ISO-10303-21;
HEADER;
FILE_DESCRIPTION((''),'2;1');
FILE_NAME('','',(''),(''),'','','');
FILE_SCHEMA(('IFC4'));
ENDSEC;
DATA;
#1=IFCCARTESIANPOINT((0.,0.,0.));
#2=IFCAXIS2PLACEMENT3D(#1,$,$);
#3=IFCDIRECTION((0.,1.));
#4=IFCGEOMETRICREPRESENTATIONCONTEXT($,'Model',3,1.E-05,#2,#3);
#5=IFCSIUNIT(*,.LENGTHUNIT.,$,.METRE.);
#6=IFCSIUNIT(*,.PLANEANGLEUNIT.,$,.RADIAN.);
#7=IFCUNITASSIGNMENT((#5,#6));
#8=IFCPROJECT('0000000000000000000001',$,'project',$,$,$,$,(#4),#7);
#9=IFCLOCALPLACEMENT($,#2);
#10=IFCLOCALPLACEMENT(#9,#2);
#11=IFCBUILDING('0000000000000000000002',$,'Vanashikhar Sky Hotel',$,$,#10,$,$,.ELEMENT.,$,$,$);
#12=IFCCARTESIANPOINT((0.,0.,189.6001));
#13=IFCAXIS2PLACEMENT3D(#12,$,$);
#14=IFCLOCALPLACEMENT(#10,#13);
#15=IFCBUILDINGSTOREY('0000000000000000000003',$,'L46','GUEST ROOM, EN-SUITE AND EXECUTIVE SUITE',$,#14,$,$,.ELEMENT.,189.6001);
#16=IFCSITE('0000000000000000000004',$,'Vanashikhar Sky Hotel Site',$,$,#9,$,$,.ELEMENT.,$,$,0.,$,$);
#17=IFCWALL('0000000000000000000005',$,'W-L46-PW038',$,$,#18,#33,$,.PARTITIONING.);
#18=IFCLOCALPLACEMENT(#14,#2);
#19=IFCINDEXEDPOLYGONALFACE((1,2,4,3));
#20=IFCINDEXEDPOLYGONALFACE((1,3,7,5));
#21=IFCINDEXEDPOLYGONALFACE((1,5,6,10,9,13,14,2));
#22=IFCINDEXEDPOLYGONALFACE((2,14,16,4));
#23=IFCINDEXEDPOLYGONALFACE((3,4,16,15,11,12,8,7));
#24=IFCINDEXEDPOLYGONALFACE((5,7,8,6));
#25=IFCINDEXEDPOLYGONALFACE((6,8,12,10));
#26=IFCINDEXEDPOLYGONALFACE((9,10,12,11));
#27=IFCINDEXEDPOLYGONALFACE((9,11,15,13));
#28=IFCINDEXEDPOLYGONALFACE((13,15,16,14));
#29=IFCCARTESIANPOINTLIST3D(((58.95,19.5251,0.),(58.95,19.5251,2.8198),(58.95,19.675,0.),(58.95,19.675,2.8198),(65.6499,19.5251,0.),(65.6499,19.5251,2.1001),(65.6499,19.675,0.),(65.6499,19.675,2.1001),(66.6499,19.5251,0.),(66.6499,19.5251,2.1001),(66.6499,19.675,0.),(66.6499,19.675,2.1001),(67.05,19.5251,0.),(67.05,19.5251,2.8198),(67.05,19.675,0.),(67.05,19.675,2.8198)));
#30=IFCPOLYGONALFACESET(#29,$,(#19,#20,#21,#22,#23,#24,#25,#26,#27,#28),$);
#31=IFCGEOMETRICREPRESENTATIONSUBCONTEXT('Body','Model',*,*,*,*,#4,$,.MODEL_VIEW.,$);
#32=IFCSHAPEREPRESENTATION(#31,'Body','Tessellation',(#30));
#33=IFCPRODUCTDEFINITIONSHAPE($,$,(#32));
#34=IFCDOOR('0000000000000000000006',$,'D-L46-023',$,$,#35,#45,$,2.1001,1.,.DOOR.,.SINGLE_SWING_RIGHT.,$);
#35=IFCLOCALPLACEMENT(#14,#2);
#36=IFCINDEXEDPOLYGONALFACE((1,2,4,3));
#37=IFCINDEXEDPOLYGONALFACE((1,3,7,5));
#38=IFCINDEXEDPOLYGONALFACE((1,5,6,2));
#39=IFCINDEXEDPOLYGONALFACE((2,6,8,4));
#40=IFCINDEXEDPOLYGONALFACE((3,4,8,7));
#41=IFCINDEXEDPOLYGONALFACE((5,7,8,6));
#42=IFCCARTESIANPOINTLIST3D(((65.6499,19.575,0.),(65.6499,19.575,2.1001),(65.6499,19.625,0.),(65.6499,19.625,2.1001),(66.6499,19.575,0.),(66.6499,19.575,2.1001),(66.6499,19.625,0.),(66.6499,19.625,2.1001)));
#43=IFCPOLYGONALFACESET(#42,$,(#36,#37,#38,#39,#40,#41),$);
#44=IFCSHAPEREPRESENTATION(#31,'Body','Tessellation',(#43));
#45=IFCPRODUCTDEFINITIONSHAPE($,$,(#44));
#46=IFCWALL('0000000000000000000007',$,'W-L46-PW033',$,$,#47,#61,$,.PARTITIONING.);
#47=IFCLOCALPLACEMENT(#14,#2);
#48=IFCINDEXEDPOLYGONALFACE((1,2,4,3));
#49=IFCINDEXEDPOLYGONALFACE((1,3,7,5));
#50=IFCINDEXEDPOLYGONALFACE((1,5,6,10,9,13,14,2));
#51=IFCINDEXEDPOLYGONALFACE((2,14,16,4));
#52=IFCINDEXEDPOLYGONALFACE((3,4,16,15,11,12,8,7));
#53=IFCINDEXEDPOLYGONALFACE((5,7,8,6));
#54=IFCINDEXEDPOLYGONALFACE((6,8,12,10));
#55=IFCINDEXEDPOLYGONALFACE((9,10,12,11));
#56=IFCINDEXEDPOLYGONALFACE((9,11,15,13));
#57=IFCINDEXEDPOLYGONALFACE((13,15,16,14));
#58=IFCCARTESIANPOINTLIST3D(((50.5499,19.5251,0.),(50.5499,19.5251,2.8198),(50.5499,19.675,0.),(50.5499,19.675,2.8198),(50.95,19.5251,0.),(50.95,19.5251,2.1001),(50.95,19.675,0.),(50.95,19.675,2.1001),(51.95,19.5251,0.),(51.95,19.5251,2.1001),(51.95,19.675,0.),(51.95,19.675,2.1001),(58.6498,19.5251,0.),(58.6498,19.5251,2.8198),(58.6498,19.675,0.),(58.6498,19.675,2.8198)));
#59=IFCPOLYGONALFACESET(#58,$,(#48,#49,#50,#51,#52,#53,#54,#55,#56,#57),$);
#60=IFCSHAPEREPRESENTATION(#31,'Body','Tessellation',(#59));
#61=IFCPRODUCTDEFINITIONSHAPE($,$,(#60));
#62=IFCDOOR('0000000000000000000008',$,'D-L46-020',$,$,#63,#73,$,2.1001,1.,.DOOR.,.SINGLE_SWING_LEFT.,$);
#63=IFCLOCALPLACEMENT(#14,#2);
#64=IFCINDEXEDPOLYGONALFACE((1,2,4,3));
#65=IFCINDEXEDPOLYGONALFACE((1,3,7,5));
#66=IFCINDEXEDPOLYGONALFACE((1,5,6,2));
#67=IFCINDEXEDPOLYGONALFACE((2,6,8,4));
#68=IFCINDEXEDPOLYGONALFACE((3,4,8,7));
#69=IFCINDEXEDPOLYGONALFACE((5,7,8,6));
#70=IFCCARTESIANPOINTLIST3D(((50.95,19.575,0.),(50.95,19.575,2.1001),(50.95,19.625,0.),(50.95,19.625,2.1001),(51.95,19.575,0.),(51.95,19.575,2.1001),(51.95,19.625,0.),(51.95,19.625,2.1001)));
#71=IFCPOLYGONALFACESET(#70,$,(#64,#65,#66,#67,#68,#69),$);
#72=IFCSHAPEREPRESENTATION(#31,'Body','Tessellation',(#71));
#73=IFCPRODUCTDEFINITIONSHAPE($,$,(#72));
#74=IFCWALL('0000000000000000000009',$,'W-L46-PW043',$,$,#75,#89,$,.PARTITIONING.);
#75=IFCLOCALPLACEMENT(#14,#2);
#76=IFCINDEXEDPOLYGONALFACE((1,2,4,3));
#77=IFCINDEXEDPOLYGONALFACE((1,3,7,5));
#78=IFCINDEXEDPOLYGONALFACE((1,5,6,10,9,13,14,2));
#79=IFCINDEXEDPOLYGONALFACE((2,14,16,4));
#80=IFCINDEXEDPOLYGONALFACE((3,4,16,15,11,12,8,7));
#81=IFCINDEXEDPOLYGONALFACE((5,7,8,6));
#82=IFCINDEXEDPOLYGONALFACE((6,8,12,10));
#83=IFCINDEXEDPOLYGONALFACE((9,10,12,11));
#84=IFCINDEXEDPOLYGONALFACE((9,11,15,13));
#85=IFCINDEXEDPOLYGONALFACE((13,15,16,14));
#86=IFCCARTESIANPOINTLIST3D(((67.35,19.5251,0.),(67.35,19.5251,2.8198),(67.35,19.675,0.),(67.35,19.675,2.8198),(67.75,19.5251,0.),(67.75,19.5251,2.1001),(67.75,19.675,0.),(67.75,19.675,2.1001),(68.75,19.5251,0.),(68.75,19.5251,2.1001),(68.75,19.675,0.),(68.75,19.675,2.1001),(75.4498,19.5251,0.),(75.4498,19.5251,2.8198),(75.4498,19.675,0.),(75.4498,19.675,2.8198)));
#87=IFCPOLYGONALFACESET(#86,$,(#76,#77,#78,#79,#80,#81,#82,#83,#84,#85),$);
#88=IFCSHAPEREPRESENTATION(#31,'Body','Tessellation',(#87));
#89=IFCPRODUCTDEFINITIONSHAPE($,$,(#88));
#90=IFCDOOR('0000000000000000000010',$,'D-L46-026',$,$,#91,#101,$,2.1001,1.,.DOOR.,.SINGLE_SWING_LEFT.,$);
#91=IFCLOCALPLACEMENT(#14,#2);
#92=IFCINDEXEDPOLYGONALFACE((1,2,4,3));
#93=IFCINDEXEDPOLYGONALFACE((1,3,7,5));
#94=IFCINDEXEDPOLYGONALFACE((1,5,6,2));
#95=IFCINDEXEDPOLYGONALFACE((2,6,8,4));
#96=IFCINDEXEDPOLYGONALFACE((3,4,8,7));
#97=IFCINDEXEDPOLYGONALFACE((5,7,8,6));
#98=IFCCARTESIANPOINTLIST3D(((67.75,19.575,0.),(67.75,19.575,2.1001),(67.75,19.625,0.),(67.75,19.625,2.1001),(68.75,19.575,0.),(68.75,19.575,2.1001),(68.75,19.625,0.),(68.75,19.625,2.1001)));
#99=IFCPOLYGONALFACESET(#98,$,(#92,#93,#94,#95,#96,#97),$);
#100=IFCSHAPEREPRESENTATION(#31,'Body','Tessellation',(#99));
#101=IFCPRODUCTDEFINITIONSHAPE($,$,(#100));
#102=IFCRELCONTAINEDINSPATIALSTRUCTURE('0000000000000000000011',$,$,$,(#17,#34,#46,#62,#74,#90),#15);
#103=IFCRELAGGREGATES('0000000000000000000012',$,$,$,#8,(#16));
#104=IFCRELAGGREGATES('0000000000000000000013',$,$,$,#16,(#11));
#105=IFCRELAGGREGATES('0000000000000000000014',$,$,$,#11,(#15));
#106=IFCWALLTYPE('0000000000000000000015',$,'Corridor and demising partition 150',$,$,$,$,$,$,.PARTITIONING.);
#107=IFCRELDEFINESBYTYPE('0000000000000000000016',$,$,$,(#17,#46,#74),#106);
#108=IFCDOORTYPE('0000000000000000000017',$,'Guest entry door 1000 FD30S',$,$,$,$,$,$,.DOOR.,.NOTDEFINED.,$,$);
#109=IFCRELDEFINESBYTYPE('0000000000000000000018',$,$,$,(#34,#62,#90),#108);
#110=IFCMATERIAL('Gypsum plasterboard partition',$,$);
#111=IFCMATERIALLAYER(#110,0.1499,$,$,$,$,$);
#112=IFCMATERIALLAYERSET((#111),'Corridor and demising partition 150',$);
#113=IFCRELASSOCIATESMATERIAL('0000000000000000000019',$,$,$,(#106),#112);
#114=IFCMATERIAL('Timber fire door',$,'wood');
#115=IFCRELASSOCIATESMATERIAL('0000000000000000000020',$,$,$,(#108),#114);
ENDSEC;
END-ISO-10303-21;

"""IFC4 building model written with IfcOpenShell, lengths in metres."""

from ifc_helpers import new_model, si_unit, direction, frame, frame_2d, origin, place, context, subcontext, project, spatial, rectangle, extrude, source, transform, mapped, material, layer, layer_set, type_object, element, fill, save


model = new_model("IFC4")

# Units and contexts
model_context = context("Model", 3, precision=1e-05, world=origin(), true_north=direction((0.0, 1.0)))
body_context = subcontext(model_context, "Body", "Model", "MODEL_VIEW")
ifc_project = project(units=[si_unit("LENGTHUNIT", "METRE"), si_unit("PLANEANGLEUNIT", "RADIAN")], contexts=[model_context])

# Site, building, storey
site_placement = place(None, origin())
site = spatial("IfcSite", under=ifc_project, at=site_placement, Name="Vanashikhar Sky Hotel Site", CompositionType="ELEMENT", RefElevation=0.0)
building_placement = place(site_placement, origin())
building = spatial("IfcBuilding", under=site, at=building_placement, Name="Vanashikhar Sky Hotel", CompositionType="ELEMENT")
storey_placement = place(building_placement, frame((0.0, 0.0, 189.6001)))
storey = spatial("IfcBuildingStorey", under=building, at=storey_placement, Name="L46", Description="GUEST ROOM, EN-SUITE AND EXECUTIVE SUITE", CompositionType="ELEMENT", Elevation=189.6001)

# Shared definitions
ifc_material_1 = material(Name="Gypsum plasterboard partition")

# Walls, openings, doors
ifc_layer_1 = layer(ifc_material_1, 0.1499)
ifc_layer_set_1 = layer_set([ifc_layer_1], Name="Corridor and demising partition 150")
wall_type_1 = type_object("IfcWallType", Name="Corridor and demising partition 150", PredefinedType="PARTITIONING", material=ifc_layer_set_1)
shared_shape_1 = source(origin(), body_context, "Body", "SweptSolid", [
    extrude(rectangle(XDim=8.1001, YDim=0.1499, at=frame_2d((4.05, 0.0))), origin(), (0.0, 0.0, 1.0), 2.8198),
])
wall_1_placement = place(storey_placement, frame((58.95, 19.6001, 0.0), z_axis=(0.0, 0.0, 1.0), x_axis=(1.0, 0.0, 0.0)))
wall_1 = element("IfcWall", 1, at=wall_1_placement, inside=storey, type_object=wall_type_1, Name="W-L46-PW038", PredefinedType="PARTITIONING", context=body_context, shape_type="MappedRepresentation", body=[
    mapped(shared_shape_1, transform((0.0, 0.0, 0.0), scale=1.0)),
])
shared_shape_2 = source(origin(), body_context, "Body", "SweptSolid", [
    extrude(rectangle(XDim=1.0, YDim=2.1001, at=frame_2d((0.5, 1.05))), frame((0.0, 0.085, 0.0), z_axis=(0.0, -1.0, 0.0), x_axis=(1.0, 0.0, 0.0)), (0.0, 0.0, 1.0), 0.1699),
])
opening_1_placement = place(wall_1_placement, frame((6.7, 0.0, 0.0)))
opening_1 = element("IfcOpeningElement", 2, at=opening_1_placement, cuts=wall_1, PredefinedType="OPENING", context=body_context, shape_type="MappedRepresentation", body=[
    mapped(shared_shape_2, transform((0.0, 0.0, 0.0), scale=1.0)),
])
ifc_material_2 = material(Name="Timber fire door", Category="wood")
door_type_1 = type_object("IfcDoorType", Name="Guest entry door 1000 FD30S", OperationType="NOTDEFINED", PredefinedType="DOOR", material=ifc_material_2)
shared_shape_3 = source(origin(), body_context, "Body", "SweptSolid", [
    extrude(rectangle(XDim=1.0, YDim=2.1001, at=frame_2d((0.5, 1.05))), frame((0.0, 0.0249, 0.0), z_axis=(0.0, -1.0, 0.0), x_axis=(1.0, 0.0, 0.0)), (0.0, 0.0, 1.0), 0.05),
])
door_1_placement = place(opening_1_placement, origin())
door_1 = element("IfcDoor", 3, at=door_1_placement, inside=storey, type_object=door_type_1, Name="D-L46-023", OperationType="SINGLE_SWING_RIGHT", OverallHeight=2.1001, OverallWidth=1.0, PredefinedType="DOOR", context=body_context, shape_type="MappedRepresentation", body=[
    mapped(shared_shape_3, transform((0.0, 0.0, 0.0), scale=1.0)),
])
fill(opening_1, door_1)
shared_shape_4 = source(origin(), body_context, "Body", "SweptSolid", [
    extrude(rectangle(XDim=8.0999, YDim=0.1499, at=frame_2d((4.0498, 0.0))), origin(), (0.0, 0.0, 1.0), 2.8198),
])
wall_2_placement = place(storey_placement, frame((50.55, 19.6001, 0.0), z_axis=(0.0, 0.0, 1.0), x_axis=(1.0, 0.0, 0.0)))
wall_2 = element("IfcWall", 4, at=wall_2_placement, inside=storey, type_object=wall_type_1, Name="W-L46-PW033", PredefinedType="PARTITIONING", context=body_context, shape_type="MappedRepresentation", body=[
    mapped(shared_shape_4, transform((0.0, 0.0, 0.0), scale=1.0)),
])
opening_2_placement = place(wall_2_placement, frame((0.3999, 0.0, 0.0)))
opening_2 = element("IfcOpeningElement", 5, at=opening_2_placement, cuts=wall_2, PredefinedType="OPENING", context=body_context, shape_type="MappedRepresentation", body=[
    mapped(shared_shape_2, transform((0.0, 0.0, 0.0), scale=1.0)),
])
door_2_placement = place(opening_2_placement, origin())
door_2 = element("IfcDoor", 6, at=door_2_placement, inside=storey, type_object=door_type_1, Name="D-L46-020", OperationType="SINGLE_SWING_LEFT", OverallHeight=2.1001, OverallWidth=1.0, PredefinedType="DOOR", context=body_context, shape_type="MappedRepresentation", body=[
    mapped(shared_shape_3, transform((0.0, 0.0, 0.0), scale=1.0)),
])
fill(opening_2, door_2)
wall_3_placement = place(storey_placement, frame((67.3501, 19.6001, 0.0), z_axis=(0.0, 0.0, 1.0), x_axis=(1.0, 0.0, 0.0)))
wall_3 = element("IfcWall", 7, at=wall_3_placement, inside=storey, type_object=wall_type_1, Name="W-L46-PW043", PredefinedType="PARTITIONING", context=body_context, shape_type="MappedRepresentation", body=[
    mapped(shared_shape_4, transform((0.0, 0.0, 0.0), scale=1.0)),
])
opening_3_placement = place(wall_3_placement, frame((0.3999, 0.0, 0.0)))
opening_3 = element("IfcOpeningElement", 8, at=opening_3_placement, cuts=wall_3, PredefinedType="OPENING", context=body_context, shape_type="MappedRepresentation", body=[
    mapped(shared_shape_2, transform((0.0, 0.0, 0.0), scale=1.0)),
])
door_3_placement = place(opening_3_placement, origin())
door_3 = element("IfcDoor", 9, at=door_3_placement, inside=storey, type_object=door_type_1, Name="D-L46-026", OperationType="SINGLE_SWING_LEFT", OverallHeight=2.1001, OverallWidth=1.0, PredefinedType="DOOR", context=body_context, shape_type="MappedRepresentation", body=[
    mapped(shared_shape_3, transform((0.0, 0.0, 0.0), scale=1.0)),
])
fill(opening_3, door_3)

save(model, "model.ifc")
